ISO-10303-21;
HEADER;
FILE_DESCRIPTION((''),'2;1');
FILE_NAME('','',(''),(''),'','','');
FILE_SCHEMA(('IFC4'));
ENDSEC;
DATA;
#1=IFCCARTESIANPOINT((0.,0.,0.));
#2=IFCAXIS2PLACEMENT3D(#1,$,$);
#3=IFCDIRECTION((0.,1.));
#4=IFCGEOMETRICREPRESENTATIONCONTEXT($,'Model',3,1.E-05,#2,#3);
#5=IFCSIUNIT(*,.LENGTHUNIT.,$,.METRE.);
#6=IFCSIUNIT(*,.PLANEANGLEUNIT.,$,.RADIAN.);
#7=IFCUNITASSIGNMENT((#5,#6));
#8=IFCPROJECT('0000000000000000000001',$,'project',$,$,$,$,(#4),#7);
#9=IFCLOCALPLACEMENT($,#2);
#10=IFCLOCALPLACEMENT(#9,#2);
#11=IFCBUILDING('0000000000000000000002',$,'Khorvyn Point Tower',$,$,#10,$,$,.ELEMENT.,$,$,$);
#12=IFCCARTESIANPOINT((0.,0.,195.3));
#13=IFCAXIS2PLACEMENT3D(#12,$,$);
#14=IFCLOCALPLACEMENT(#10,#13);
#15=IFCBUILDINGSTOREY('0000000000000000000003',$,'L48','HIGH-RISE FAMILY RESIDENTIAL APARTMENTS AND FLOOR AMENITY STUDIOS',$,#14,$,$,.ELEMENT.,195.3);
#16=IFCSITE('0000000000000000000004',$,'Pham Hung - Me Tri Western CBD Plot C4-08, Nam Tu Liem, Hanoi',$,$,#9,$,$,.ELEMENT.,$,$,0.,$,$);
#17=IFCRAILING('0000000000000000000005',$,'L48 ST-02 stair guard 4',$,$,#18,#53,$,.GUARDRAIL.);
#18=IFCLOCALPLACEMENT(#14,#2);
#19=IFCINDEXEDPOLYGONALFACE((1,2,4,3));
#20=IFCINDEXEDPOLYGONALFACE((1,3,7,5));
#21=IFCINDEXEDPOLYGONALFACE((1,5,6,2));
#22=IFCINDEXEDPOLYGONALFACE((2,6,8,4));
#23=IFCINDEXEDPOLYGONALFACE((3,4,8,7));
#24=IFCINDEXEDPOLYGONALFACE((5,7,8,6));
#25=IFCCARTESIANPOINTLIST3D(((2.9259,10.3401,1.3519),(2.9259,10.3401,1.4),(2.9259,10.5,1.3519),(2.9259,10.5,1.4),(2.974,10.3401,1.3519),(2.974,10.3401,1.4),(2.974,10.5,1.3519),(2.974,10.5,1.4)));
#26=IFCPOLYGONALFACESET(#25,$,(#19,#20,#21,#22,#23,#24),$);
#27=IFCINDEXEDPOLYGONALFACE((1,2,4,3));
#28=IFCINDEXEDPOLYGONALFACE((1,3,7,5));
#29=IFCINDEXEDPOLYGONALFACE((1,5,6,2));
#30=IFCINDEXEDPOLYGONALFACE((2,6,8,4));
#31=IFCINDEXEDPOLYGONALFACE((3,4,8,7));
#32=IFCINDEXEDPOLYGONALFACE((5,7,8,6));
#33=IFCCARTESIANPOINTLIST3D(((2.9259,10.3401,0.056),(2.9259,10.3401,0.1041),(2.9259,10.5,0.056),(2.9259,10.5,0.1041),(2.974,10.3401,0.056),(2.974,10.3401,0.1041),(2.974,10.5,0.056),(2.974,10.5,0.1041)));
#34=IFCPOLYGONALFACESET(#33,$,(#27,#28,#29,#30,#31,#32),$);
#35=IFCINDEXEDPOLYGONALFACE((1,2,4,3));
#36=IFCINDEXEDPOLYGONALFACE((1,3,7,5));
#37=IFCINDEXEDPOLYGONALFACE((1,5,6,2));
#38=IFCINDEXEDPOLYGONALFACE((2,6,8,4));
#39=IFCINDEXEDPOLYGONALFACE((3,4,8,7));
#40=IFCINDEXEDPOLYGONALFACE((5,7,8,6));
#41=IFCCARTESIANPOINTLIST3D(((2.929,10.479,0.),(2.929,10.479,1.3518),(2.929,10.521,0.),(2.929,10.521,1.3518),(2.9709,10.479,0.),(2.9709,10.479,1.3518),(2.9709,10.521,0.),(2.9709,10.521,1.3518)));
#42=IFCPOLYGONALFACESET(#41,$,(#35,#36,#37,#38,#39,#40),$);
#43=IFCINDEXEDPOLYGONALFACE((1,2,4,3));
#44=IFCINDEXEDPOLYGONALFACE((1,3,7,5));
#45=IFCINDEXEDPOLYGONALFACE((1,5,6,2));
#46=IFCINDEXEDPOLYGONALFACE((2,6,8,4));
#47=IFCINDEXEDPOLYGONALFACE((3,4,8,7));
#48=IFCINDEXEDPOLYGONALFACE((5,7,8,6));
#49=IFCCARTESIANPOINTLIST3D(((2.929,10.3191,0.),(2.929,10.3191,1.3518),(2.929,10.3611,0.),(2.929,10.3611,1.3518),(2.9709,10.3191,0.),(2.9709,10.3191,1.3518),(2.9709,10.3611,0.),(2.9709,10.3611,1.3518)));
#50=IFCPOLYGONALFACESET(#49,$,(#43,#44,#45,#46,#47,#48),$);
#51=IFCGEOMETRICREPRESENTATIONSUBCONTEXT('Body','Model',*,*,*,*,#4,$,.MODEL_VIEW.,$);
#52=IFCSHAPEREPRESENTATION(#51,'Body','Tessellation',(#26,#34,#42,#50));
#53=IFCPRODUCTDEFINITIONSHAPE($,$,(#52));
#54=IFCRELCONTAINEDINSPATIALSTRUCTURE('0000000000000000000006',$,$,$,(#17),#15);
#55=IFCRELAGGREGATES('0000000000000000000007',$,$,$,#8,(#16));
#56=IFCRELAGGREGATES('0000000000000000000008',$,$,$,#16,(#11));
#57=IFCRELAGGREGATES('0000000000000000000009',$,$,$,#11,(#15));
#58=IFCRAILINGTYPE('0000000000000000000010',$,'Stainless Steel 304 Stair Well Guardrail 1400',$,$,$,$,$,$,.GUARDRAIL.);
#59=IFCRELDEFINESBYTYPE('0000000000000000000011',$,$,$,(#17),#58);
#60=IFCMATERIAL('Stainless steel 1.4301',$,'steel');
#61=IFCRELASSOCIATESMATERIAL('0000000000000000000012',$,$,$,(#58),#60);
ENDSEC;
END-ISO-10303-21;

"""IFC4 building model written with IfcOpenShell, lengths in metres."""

from ifc_helpers import new_model, si_unit, direction, frame, origin, origin_2d, place, context, subcontext, project, spatial, rectangle, extrude, material, type_object, element, save


model = new_model("IFC4")

# Units and contexts
model_context = context("Model", 3, precision=1e-05, world=origin(), true_north=direction((0.0, 1.0)))
body_context = subcontext(model_context, "Body", "Model", "MODEL_VIEW")
ifc_project = project(units=[si_unit("LENGTHUNIT", "METRE"), si_unit("PLANEANGLEUNIT", "RADIAN")], contexts=[model_context])

# Site, building, storey
site_placement = place(None, origin())
site = spatial("IfcSite", under=ifc_project, at=site_placement, Name="Pham Hung - Me Tri Western CBD Plot C4-08, Nam Tu Liem, Hanoi", CompositionType="ELEMENT", RefElevation=0.0)
building_placement = place(site_placement, origin())
building = spatial("IfcBuilding", under=site, at=building_placement, Name="Khorvyn Point Tower", CompositionType="ELEMENT")
storey_placement = place(building_placement, frame((0.0, 0.0, 195.3)))
storey = spatial("IfcBuildingStorey", under=building, at=storey_placement, Name="L48", Description="HIGH-RISE FAMILY RESIDENTIAL APARTMENTS AND FLOOR AMENITY STUDIOS", CompositionType="ELEMENT", Elevation=195.3)

# Railing
ifc_material_1 = material(Name="Stainless steel 1.4301", Category="steel")
railing_type_1 = type_object("IfcRailingType", Name="Stainless Steel 304 Stair Well Guardrail 1400", PredefinedType="GUARDRAIL", material=ifc_material_1)
railing_1_placement = place(storey_placement, frame((2.95, 10.5, 0.0)))
element("IfcRailing", 1, at=railing_1_placement, inside=storey, type_object=railing_type_1, Name="L48 ST-02 stair guard 4", PredefinedType="GUARDRAIL", context=body_context, shape_type="SweptSolid", body=[
    extrude(rectangle(XDim=0.0481, YDim=0.0481, at=origin_2d()), frame((0.0, 0.0, 1.376), z_axis=(0.0, -1.0, 0.0), x_axis=(1.0, 0.0, 0.0)), (0.0, 0.0, 1.0), 0.1599),
    extrude(rectangle(XDim=0.0481, YDim=0.0481, at=origin_2d()), frame((0.0, 0.0, 0.0801), z_axis=(0.0, -1.0, 0.0), x_axis=(1.0, 0.0, 0.0)), (0.0, 0.0, 1.0), 0.1599),
    extrude(rectangle(XDim=0.042, YDim=0.042, at=origin_2d()), origin(), (0.0, 0.0, 1.0), 1.3518),
    extrude(rectangle(XDim=0.042, YDim=0.042, at=origin_2d()), frame((0.0, -0.1599, 0.0)), (0.0, 0.0, 1.0), 1.3518),
])

save(model, "model.ifc")
